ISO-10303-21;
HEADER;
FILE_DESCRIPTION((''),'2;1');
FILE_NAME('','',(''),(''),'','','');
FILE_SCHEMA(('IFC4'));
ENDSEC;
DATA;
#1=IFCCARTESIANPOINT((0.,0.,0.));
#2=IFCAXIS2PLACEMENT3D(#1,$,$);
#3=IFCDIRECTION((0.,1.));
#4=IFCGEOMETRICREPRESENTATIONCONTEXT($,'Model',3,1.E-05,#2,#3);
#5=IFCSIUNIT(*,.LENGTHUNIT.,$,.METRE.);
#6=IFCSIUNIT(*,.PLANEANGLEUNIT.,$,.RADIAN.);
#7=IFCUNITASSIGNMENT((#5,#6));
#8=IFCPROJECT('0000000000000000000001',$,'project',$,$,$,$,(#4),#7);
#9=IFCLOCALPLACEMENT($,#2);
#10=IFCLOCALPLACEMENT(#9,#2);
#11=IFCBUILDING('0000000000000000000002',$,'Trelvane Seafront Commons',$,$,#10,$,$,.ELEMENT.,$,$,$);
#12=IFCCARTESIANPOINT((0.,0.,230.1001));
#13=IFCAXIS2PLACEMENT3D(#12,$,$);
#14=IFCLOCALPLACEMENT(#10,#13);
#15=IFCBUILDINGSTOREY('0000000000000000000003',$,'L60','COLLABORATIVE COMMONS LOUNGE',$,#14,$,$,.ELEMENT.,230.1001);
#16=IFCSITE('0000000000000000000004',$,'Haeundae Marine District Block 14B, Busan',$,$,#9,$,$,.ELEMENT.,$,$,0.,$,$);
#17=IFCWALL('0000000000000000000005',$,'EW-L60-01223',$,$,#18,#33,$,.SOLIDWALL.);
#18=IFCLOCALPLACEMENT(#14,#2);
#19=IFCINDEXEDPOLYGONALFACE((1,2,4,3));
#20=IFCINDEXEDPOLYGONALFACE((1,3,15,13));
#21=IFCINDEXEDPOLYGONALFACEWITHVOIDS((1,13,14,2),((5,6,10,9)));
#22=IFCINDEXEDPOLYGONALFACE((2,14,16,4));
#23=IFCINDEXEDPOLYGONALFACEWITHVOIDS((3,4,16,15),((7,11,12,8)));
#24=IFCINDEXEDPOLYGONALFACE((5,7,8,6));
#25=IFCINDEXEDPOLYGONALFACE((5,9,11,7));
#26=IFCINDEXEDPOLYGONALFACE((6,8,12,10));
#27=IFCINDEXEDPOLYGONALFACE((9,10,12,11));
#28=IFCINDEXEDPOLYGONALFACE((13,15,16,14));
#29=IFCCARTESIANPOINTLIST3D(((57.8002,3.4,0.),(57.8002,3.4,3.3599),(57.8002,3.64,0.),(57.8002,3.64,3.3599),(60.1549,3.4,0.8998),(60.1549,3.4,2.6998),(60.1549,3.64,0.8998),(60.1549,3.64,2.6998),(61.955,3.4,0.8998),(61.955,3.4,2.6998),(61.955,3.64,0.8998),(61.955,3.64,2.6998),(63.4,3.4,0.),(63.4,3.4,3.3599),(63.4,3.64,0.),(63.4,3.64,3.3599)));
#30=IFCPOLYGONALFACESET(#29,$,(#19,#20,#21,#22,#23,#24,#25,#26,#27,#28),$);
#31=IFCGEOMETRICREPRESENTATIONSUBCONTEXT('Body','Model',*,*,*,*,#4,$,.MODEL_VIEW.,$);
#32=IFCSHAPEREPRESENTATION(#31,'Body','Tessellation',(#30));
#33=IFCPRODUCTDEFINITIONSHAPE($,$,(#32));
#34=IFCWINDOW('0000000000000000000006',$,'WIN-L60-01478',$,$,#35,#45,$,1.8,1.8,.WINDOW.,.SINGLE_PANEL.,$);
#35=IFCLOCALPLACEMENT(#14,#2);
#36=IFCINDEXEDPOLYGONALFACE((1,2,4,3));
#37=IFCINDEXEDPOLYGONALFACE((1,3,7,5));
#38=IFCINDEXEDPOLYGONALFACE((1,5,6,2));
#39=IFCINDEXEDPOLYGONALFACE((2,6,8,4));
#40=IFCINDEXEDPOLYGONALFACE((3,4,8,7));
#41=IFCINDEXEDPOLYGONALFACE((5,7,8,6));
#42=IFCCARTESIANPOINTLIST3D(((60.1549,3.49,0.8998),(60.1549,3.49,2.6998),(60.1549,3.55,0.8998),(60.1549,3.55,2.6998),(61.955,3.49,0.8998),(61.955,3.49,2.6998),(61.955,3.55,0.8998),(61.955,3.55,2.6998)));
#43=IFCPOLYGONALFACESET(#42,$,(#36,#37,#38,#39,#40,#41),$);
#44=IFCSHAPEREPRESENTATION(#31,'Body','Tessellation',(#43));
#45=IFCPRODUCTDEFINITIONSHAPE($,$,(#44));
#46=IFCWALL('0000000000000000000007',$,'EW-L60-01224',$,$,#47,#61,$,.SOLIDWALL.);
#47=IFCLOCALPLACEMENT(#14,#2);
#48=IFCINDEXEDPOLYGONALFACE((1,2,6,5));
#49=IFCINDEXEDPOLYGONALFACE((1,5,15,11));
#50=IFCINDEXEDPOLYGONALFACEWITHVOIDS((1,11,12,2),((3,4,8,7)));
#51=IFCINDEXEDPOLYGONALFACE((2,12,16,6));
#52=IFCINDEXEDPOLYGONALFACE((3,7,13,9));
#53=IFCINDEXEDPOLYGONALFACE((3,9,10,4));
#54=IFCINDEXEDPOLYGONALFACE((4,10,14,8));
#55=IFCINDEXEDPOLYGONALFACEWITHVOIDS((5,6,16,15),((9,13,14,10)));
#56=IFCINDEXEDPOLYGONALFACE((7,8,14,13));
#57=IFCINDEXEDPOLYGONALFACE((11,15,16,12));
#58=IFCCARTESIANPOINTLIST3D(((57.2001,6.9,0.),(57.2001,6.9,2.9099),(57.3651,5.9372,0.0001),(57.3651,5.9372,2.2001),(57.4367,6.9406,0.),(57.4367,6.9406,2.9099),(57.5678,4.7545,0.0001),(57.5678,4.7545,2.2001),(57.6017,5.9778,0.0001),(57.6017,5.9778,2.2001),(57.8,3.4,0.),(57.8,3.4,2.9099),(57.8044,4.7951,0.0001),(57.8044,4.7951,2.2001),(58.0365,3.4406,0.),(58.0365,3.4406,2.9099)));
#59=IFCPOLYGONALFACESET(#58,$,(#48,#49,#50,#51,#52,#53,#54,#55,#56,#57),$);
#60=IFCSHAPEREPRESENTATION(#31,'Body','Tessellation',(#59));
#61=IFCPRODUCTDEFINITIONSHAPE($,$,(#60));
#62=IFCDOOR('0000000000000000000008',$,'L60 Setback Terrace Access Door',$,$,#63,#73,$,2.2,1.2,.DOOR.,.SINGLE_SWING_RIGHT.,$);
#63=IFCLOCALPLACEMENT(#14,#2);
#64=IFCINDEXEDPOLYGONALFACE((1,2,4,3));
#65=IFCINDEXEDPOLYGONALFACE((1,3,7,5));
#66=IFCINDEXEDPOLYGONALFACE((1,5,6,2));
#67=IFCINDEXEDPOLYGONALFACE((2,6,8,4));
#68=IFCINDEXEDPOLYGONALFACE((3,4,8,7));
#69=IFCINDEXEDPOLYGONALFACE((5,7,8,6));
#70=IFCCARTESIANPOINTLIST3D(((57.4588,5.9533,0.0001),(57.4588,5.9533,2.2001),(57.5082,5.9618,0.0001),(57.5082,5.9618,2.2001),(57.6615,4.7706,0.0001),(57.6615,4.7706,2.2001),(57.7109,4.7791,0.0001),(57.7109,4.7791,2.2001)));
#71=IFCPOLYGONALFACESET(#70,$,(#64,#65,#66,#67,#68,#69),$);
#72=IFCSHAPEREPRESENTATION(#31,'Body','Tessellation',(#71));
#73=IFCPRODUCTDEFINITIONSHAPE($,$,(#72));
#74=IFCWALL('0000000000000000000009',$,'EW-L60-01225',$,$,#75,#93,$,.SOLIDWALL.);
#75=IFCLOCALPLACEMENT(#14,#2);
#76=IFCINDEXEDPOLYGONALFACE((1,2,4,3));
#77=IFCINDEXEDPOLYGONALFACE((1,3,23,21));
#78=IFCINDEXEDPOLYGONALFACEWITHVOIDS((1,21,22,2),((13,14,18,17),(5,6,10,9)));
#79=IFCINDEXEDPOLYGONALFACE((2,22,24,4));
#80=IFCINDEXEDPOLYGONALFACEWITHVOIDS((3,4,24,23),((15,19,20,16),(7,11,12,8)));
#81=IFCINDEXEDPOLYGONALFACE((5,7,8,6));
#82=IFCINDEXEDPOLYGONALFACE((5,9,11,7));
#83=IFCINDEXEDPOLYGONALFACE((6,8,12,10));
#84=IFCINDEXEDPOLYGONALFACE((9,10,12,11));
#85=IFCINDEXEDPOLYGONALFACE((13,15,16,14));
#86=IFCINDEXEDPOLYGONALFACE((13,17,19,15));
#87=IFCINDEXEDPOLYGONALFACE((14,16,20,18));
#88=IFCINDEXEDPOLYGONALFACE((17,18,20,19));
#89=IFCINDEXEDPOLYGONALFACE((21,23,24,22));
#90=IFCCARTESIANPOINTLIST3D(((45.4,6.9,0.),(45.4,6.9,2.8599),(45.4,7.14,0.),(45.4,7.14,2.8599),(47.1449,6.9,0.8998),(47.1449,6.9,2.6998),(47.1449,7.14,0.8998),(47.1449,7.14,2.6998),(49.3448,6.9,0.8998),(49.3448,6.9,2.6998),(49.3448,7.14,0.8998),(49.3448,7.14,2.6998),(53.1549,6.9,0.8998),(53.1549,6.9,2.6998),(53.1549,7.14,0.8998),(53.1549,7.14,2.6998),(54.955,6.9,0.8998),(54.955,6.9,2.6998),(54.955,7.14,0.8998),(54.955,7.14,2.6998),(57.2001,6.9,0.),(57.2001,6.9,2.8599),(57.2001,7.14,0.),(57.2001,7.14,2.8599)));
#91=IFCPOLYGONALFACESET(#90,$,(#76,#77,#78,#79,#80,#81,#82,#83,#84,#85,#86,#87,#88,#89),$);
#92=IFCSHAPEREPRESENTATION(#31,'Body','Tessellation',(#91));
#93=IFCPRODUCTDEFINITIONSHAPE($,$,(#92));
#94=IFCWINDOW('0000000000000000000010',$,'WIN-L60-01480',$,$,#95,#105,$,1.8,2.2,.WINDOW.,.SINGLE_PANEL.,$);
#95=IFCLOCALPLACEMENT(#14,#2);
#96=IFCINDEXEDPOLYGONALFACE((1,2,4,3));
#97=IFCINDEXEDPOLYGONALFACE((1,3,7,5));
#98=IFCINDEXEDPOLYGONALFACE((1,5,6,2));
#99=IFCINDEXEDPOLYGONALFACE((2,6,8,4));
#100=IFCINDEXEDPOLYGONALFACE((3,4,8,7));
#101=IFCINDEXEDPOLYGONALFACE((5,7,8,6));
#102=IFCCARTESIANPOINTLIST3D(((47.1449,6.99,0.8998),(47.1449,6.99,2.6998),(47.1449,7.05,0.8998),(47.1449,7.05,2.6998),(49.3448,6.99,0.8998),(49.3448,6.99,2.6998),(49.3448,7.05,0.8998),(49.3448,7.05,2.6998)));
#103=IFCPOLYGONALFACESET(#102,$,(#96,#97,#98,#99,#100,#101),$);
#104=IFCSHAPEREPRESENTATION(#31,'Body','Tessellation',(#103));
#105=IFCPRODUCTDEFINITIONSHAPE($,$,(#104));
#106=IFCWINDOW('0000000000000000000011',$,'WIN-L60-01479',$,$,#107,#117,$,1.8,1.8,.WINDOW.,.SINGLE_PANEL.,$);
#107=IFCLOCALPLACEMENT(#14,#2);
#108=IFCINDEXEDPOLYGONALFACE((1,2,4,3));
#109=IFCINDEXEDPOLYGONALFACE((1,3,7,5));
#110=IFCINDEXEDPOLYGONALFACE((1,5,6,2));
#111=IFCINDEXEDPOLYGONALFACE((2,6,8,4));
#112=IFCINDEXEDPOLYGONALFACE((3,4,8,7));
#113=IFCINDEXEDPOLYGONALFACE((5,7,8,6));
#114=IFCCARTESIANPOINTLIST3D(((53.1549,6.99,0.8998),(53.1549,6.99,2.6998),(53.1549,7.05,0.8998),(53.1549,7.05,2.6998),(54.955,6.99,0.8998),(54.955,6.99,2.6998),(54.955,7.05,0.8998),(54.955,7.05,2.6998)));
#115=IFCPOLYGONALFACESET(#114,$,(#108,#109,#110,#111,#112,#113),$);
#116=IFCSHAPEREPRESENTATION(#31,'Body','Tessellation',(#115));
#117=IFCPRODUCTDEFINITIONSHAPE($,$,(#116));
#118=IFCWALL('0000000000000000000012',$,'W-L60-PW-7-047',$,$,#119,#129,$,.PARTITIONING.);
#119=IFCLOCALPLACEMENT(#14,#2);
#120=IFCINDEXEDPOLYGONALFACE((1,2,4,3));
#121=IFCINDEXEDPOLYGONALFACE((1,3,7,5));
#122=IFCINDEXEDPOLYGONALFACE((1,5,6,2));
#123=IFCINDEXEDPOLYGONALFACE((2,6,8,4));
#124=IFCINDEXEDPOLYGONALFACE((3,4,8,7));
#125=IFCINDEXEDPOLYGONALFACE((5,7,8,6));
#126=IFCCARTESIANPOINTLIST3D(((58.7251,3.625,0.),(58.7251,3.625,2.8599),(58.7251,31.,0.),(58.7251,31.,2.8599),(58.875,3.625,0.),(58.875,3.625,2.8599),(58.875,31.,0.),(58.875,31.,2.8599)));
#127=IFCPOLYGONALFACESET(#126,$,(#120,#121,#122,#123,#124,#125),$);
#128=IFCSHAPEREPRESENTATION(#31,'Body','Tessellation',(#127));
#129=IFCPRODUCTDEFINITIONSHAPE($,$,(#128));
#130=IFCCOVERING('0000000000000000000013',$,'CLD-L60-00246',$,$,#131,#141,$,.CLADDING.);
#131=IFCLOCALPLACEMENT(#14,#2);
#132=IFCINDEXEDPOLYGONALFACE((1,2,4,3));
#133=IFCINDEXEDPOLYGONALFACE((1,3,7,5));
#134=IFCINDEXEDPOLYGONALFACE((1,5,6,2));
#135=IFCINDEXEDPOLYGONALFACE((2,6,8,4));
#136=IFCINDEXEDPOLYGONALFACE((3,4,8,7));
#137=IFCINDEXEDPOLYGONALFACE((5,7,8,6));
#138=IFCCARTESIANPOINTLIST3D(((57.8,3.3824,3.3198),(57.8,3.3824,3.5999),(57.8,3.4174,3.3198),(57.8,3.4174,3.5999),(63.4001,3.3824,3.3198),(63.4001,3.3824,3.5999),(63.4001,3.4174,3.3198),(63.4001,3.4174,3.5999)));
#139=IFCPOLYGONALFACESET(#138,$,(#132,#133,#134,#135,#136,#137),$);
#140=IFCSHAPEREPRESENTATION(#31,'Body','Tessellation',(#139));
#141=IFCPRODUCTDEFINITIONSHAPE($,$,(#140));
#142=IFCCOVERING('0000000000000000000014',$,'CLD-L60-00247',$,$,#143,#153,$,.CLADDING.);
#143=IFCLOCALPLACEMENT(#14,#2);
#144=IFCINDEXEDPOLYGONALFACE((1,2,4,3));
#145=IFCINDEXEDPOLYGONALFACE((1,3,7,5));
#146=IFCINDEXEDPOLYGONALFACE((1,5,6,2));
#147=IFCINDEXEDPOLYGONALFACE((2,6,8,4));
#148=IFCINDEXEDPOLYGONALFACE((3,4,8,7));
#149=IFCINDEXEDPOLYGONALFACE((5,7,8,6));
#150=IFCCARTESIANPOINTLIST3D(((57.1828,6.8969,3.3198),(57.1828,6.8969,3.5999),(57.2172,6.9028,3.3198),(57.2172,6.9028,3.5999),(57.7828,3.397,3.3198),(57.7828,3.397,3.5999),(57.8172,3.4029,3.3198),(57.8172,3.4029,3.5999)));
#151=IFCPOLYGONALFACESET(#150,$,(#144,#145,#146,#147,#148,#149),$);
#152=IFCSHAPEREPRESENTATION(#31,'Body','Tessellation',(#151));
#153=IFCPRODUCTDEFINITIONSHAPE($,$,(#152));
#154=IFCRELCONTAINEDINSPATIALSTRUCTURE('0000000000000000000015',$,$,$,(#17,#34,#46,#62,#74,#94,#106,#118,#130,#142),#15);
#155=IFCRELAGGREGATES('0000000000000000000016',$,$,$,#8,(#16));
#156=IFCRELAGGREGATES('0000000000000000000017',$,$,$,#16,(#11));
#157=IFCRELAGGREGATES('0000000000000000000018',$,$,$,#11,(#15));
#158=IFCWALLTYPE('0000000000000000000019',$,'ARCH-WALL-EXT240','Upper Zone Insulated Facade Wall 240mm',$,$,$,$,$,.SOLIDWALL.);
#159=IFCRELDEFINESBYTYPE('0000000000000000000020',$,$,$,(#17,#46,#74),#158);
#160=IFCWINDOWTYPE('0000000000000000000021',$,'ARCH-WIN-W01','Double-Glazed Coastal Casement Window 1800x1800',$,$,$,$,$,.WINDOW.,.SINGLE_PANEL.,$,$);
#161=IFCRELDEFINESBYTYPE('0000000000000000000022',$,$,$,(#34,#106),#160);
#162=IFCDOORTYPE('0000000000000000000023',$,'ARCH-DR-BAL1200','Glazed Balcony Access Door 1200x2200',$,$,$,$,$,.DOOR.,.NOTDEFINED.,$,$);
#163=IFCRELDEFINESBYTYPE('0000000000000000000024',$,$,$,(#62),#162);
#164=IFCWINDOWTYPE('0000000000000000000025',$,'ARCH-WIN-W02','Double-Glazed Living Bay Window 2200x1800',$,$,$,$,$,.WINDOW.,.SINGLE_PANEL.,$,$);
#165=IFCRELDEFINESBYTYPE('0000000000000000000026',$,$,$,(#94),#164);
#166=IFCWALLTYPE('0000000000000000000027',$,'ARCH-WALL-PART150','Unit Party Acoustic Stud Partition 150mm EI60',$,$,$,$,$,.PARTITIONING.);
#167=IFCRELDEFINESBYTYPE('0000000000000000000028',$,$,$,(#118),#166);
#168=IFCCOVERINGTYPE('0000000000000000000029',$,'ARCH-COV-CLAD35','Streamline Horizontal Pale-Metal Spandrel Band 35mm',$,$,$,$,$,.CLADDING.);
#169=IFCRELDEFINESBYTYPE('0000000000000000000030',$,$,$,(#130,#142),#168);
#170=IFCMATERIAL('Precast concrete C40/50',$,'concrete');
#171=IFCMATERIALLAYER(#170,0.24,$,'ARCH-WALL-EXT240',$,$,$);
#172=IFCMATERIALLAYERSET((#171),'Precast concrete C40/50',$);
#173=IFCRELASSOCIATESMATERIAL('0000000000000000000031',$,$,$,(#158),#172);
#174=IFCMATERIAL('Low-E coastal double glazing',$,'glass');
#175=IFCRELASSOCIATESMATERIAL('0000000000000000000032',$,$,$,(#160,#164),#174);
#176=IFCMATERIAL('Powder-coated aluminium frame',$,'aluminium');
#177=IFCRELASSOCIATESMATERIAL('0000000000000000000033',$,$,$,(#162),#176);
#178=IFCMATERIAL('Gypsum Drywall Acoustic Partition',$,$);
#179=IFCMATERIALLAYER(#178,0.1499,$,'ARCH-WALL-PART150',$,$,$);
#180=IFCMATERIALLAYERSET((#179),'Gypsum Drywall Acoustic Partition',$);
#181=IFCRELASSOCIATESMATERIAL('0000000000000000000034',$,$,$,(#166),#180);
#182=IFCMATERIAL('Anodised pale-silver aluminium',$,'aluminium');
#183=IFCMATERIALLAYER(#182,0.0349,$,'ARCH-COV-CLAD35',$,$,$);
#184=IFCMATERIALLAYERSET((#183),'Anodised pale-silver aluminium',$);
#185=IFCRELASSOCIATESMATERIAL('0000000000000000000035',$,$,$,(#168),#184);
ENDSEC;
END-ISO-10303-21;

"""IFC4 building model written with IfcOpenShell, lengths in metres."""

from ifc_helpers import new_model, si_unit, direction, frame, frame_2d, origin, origin_2d, place, context, subcontext, project, spatial, rectangle, extrude, source, transform, mapped, material, layer, layer_set, type_object, element, fill, save


model = new_model("IFC4")

# Units and contexts
model_context = context("Model", 3, precision=1e-05, world=origin(), true_north=direction((0.0, 1.0)))
body_context = subcontext(model_context, "Body", "Model", "MODEL_VIEW")
ifc_project = project(units=[si_unit("LENGTHUNIT", "METRE"), si_unit("PLANEANGLEUNIT", "RADIAN")], contexts=[model_context])

# Site, building, storey
site_placement = place(None, origin())
site = spatial("IfcSite", under=ifc_project, at=site_placement, Name="Haeundae Marine District Block 14B, Busan", CompositionType="ELEMENT", RefElevation=0.0)
building_placement = place(site_placement, origin())
building = spatial("IfcBuilding", under=site, at=building_placement, Name="Trelvane Seafront Commons", CompositionType="ELEMENT")
storey_placement = place(building_placement, frame((0.0, 0.0, 230.1001)))
storey = spatial("IfcBuildingStorey", under=building, at=storey_placement, Name="L60", Description="COLLABORATIVE COMMONS LOUNGE", CompositionType="ELEMENT", Elevation=230.1001)

# Shared definitions
ifc_material_1 = material(Name="Anodised pale-silver aluminium", Category="aluminium")

# Shared definitions
ifc_material_2 = material(Name="Precast concrete C40/50", Category="concrete")
ifc_layer_1 = layer(ifc_material_2, 0.24, Name="ARCH-WALL-EXT240")
ifc_layer_set_1 = layer_set([ifc_layer_1], Name="Precast concrete C40/50")
wall_type_1 = type_object("IfcWallType", Name="ARCH-WALL-EXT240", Description="Upper Zone Insulated Facade Wall 240mm", PredefinedType="SOLIDWALL", material=ifc_layer_set_1)

# Wall, opening, window
wall_1_placement = place(storey_placement, frame((63.3999, 3.52, 0.0), z_axis=(0.0, 0.0, 1.0), x_axis=(-1.0, 0.0, 0.0)))
wall_1 = element("IfcWall", 1, at=wall_1_placement, inside=storey, type_object=wall_type_1, Name="EW-L60-01223", PredefinedType="SOLIDWALL", context=body_context, shape_type="SweptSolid", body=[
    extrude(rectangle(XDim=5.5999, YDim=0.24, at=frame_2d((2.7998, 0.0))), origin(), (0.0, 0.0, 1.0), 3.3599),
])
opening_1_placement = place(wall_1_placement, frame((1.4451, 0.0, 0.8999)))
opening_1 = element("IfcOpeningElement", 2, at=opening_1_placement, cuts=wall_1, PredefinedType="OPENING", context=body_context, shape_type="SweptSolid", body=[
    extrude(rectangle(XDim=1.8, YDim=1.8, at=frame_2d((0.8999, 0.8999))), frame((0.0, 0.1299, 0.0), z_axis=(0.0, -1.0, 0.0), x_axis=(1.0, 0.0, 0.0)), (0.0, 0.0, 1.0), 0.26),
])
ifc_material_3 = material(Name="Low-E coastal double glazing", Category="glass")
window_type_1 = type_object("IfcWindowType", Name="ARCH-WIN-W01", Description="Double-Glazed Coastal Casement Window 1800x1800", PartitioningType="SINGLE_PANEL", PredefinedType="WINDOW", material=ifc_material_3)
shared_shape_1 = source(origin(), body_context, "Body", "SweptSolid", [
    extrude(rectangle(XDim=1.8, YDim=1.8, at=frame_2d((0.8999, 0.8999))), frame((0.0, 0.03, 0.0), z_axis=(0.0, -1.0, 0.0), x_axis=(1.0, 0.0, 0.0)), (0.0, 0.0, 1.0), 0.0601),
])
window_1_placement = place(opening_1_placement, origin())
window_1 = element("IfcWindow", 3, at=window_1_placement, inside=storey, type_object=window_type_1, Name="WIN-L60-01478", OverallHeight=1.8, OverallWidth=1.8, PartitioningType="SINGLE_PANEL", PredefinedType="WINDOW", context=body_context, shape_type="MappedRepresentation", body=[
    mapped(shared_shape_1, transform((0.0, 0.0, 0.0), x_axis=(1.0, 0.0, 0.0), y_axis=(0.0, 1.0, 0.0), z_axis=(0.0, 0.0, 1.0), scale=1.0)),
])
fill(opening_1, window_1)

# Wall, opening, door
wall_2_placement = place(storey_placement, frame((57.9182, 3.4204, 0.0), z_axis=(0.0, 0.0, 1.0), x_axis=(-0.168924, 0.985629, 0.0)))
wall_2 = element("IfcWall", 4, at=wall_2_placement, inside=storey, type_object=wall_type_1, Name="EW-L60-01224", PredefinedType="SOLIDWALL", context=body_context, shape_type="SweptSolid", body=[
    extrude(rectangle(XDim=3.551, YDim=0.24, at=frame_2d((1.7754, 0.0))), origin(), (0.0, 0.0, 1.0), 2.9099),
])
opening_2_placement = place(wall_2_placement, frame((1.374, 0.0, 0.0)))
opening_2 = element("IfcOpeningElement", 5, at=opening_2_placement, cuts=wall_2, PredefinedType="OPENING", context=body_context, shape_type="SweptSolid", body=[
    extrude(rectangle(XDim=1.2, YDim=2.2, at=frame_2d((0.6001, 1.1001))), frame((0.0, 0.1299, 0.0), z_axis=(0.0, -1.0, 0.0), x_axis=(1.0, 0.0, 0.0)), (0.0, 0.0, 1.0), 0.26),
])
ifc_material_4 = material(Name="Powder-coated aluminium frame", Category="aluminium")
door_type = type_object("IfcDoorType", Name="ARCH-DR-BAL1200", Description="Glazed Balcony Access Door 1200x2200", OperationType="NOTDEFINED", PredefinedType="DOOR", material=ifc_material_4)
shared_shape_2 = source(origin(), body_context, "Body", "SweptSolid", [
    extrude(rectangle(XDim=1.2, YDim=2.2, at=frame_2d((0.6001, 1.1001))), frame((0.0, 0.0249, 0.0), z_axis=(0.0, -1.0, 0.0), x_axis=(1.0, 0.0, 0.0)), (0.0, 0.0, 1.0), 0.05),
])
door_placement = place(opening_2_placement, origin())
door = element("IfcDoor", 6, at=door_placement, inside=storey, type_object=door_type, Name="L60 Setback Terrace Access Door", OperationType="SINGLE_SWING_RIGHT", OverallHeight=2.2, OverallWidth=1.2, PredefinedType="DOOR", context=body_context, shape_type="MappedRepresentation", body=[
    mapped(shared_shape_2, transform((0.0, 0.0, 0.0), x_axis=(1.0, 0.0, 0.0), y_axis=(0.0, 1.0, 0.0), z_axis=(0.0, 0.0, 1.0), scale=1.0)),
])
fill(opening_2, door)

# Wall, openings, windows
wall_3_placement = place(storey_placement, frame((57.2, 7.02, 0.0), z_axis=(0.0, 0.0, 1.0), x_axis=(-1.0, 0.0, 0.0)))
wall_3 = element("IfcWall", 7, at=wall_3_placement, inside=storey, type_object=wall_type_1, Name="EW-L60-01225", PredefinedType="SOLIDWALL", context=body_context, shape_type="SweptSolid", body=[
    extrude(rectangle(XDim=11.8, YDim=0.24, at=frame_2d((5.8999, 0.0))), origin(), (0.0, 0.0, 1.0), 2.8599),
])
opening_3_placement = place(wall_3_placement, frame((2.2451, 0.0, 0.8999)))
opening_3 = element("IfcOpeningElement", 8, at=opening_3_placement, cuts=wall_3, PredefinedType="OPENING", context=body_context, shape_type="SweptSolid", body=[
    extrude(rectangle(XDim=1.8, YDim=1.8, at=frame_2d((0.8999, 0.8999))), frame((0.0, 0.1299, 0.0), z_axis=(0.0, -1.0, 0.0), x_axis=(1.0, 0.0, 0.0)), (0.0, 0.0, 1.0), 0.26),
])
opening_4_placement = place(wall_3_placement, frame((7.855, 0.0, 0.8999)))
opening_4 = element("IfcOpeningElement", 9, at=opening_4_placement, cuts=wall_3, PredefinedType="OPENING", context=body_context, shape_type="SweptSolid", body=[
    extrude(rectangle(XDim=2.2, YDim=1.8, at=frame_2d((1.1001, 0.8999))), frame((0.0, 0.1299, 0.0), z_axis=(0.0, -1.0, 0.0), x_axis=(1.0, 0.0, 0.0)), (0.0, 0.0, 1.0), 0.26),
])
window_type_2 = type_object("IfcWindowType", Name="ARCH-WIN-W02", Description="Double-Glazed Living Bay Window 2200x1800", PartitioningType="SINGLE_PANEL", PredefinedType="WINDOW", material=ifc_material_3)
shared_shape_3 = source(origin(), body_context, "Body", "SweptSolid", [
    extrude(rectangle(XDim=2.2, YDim=1.8, at=frame_2d((1.1001, 0.8999))), frame((0.0, 0.03, 0.0), z_axis=(0.0, -1.0, 0.0), x_axis=(1.0, 0.0, 0.0)), (0.0, 0.0, 1.0), 0.0601),
])
window_2_placement = place(opening_4_placement, origin())
window_2 = element("IfcWindow", 10, at=window_2_placement, inside=storey, type_object=window_type_2, Name="WIN-L60-01480", OverallHeight=1.8, OverallWidth=2.2, PartitioningType="SINGLE_PANEL", PredefinedType="WINDOW", context=body_context, shape_type="MappedRepresentation", body=[
    mapped(shared_shape_3, transform((0.0, 0.0, 0.0), x_axis=(1.0, 0.0, 0.0), y_axis=(0.0, 1.0, 0.0), z_axis=(0.0, 0.0, 1.0), scale=1.0)),
])
fill(opening_4, window_2)
window_3_placement = place(opening_3_placement, origin())
window_3 = element("IfcWindow", 11, at=window_3_placement, inside=storey, type_object=window_type_1, Name="WIN-L60-01479", OverallHeight=1.8, OverallWidth=1.8, PartitioningType="SINGLE_PANEL", PredefinedType="WINDOW", context=body_context, shape_type="MappedRepresentation", body=[
    mapped(shared_shape_1, transform((0.0, 0.0, 0.0), x_axis=(1.0, 0.0, 0.0), y_axis=(0.0, 1.0, 0.0), z_axis=(0.0, 0.0, 1.0), scale=1.0)),
])
fill(opening_3, window_3)

# Wall
ifc_material_5 = material(Name="Gypsum Drywall Acoustic Partition")
ifc_layer_2 = layer(ifc_material_5, 0.1499, Name="ARCH-WALL-PART150")
ifc_layer_set_2 = layer_set([ifc_layer_2], Name="Gypsum Drywall Acoustic Partition")
wall_type_2 = type_object("IfcWallType", Name="ARCH-WALL-PART150", Description="Unit Party Acoustic Stud Partition 150mm EI60", PredefinedType="PARTITIONING", material=ifc_layer_set_2)
wall_4_placement = place(storey_placement, frame((58.8, 3.625, 0.0), z_axis=(0.0, 0.0, 1.0), x_axis=(0.0, 1.0, 0.0)))
element("IfcWall", 12, at=wall_4_placement, inside=storey, type_object=wall_type_2, Name="W-L60-PW-7-047", PredefinedType="PARTITIONING", context=body_context, shape_type="SweptSolid", body=[
    extrude(rectangle(XDim=27.375, YDim=0.1499, at=frame_2d((13.6875, 0.0))), origin(), (0.0, 0.0, 1.0), 2.8599),
])

# Coverings
ifc_layer_3 = layer(ifc_material_1, 0.0349, Name="ARCH-COV-CLAD35")
ifc_layer_set_3 = layer_set([ifc_layer_3], Name="Anodised pale-silver aluminium")
covering_type = type_object("IfcCoveringType", Name="ARCH-COV-CLAD35", Description="Streamline Horizontal Pale-Metal Spandrel Band 35mm", PredefinedType="CLADDING", material=ifc_layer_set_3)
shared_shape_4 = source(origin(), body_context, "Body", "SweptSolid", [
    extrude(rectangle(XDim=5.6001, YDim=0.0349, at=origin_2d()), origin(), (0.0, 0.0, 1.0), 0.28),
])
covering_1_placement = place(storey_placement, frame((60.6001, 3.3999, 3.3198), z_axis=(0.0, 0.0, 1.0), x_axis=(-1.0, 0.0, 0.0)))
element("IfcCovering", 13, at=covering_1_placement, inside=storey, type_object=covering_type, Name="CLD-L60-00246", PredefinedType="CLADDING", context=body_context, shape_type="MappedRepresentation", body=[
    mapped(shared_shape_4, transform((0.0, 0.0, 0.0), x_axis=(1.0, 0.0, 0.0), y_axis=(0.0, 1.0, 0.0), z_axis=(0.0, 0.0, 1.0), scale=1.0)),
])
shared_shape_5 = source(origin(), body_context, "Body", "SweptSolid", [
    extrude(rectangle(XDim=3.551, YDim=0.0349, at=origin_2d()), origin(), (0.0, 0.0, 1.0), 0.28),
])
covering_2_placement = place(storey_placement, frame((57.5, 5.1499, 3.3198), z_axis=(0.0, 0.0, 1.0), x_axis=(-0.168964, 0.985622, 0.0)))
element("IfcCovering", 14, at=covering_2_placement, inside=storey, type_object=covering_type, Name="CLD-L60-00247", PredefinedType="CLADDING", context=body_context, shape_type="MappedRepresentation", body=[
    mapped(shared_shape_5, transform((0.0, 0.0, 0.0), x_axis=(1.0, 0.0, 0.0), y_axis=(0.0, 1.0, 0.0), z_axis=(0.0, 0.0, 1.0), scale=1.0)),
])

save(model, "model.ifc")
